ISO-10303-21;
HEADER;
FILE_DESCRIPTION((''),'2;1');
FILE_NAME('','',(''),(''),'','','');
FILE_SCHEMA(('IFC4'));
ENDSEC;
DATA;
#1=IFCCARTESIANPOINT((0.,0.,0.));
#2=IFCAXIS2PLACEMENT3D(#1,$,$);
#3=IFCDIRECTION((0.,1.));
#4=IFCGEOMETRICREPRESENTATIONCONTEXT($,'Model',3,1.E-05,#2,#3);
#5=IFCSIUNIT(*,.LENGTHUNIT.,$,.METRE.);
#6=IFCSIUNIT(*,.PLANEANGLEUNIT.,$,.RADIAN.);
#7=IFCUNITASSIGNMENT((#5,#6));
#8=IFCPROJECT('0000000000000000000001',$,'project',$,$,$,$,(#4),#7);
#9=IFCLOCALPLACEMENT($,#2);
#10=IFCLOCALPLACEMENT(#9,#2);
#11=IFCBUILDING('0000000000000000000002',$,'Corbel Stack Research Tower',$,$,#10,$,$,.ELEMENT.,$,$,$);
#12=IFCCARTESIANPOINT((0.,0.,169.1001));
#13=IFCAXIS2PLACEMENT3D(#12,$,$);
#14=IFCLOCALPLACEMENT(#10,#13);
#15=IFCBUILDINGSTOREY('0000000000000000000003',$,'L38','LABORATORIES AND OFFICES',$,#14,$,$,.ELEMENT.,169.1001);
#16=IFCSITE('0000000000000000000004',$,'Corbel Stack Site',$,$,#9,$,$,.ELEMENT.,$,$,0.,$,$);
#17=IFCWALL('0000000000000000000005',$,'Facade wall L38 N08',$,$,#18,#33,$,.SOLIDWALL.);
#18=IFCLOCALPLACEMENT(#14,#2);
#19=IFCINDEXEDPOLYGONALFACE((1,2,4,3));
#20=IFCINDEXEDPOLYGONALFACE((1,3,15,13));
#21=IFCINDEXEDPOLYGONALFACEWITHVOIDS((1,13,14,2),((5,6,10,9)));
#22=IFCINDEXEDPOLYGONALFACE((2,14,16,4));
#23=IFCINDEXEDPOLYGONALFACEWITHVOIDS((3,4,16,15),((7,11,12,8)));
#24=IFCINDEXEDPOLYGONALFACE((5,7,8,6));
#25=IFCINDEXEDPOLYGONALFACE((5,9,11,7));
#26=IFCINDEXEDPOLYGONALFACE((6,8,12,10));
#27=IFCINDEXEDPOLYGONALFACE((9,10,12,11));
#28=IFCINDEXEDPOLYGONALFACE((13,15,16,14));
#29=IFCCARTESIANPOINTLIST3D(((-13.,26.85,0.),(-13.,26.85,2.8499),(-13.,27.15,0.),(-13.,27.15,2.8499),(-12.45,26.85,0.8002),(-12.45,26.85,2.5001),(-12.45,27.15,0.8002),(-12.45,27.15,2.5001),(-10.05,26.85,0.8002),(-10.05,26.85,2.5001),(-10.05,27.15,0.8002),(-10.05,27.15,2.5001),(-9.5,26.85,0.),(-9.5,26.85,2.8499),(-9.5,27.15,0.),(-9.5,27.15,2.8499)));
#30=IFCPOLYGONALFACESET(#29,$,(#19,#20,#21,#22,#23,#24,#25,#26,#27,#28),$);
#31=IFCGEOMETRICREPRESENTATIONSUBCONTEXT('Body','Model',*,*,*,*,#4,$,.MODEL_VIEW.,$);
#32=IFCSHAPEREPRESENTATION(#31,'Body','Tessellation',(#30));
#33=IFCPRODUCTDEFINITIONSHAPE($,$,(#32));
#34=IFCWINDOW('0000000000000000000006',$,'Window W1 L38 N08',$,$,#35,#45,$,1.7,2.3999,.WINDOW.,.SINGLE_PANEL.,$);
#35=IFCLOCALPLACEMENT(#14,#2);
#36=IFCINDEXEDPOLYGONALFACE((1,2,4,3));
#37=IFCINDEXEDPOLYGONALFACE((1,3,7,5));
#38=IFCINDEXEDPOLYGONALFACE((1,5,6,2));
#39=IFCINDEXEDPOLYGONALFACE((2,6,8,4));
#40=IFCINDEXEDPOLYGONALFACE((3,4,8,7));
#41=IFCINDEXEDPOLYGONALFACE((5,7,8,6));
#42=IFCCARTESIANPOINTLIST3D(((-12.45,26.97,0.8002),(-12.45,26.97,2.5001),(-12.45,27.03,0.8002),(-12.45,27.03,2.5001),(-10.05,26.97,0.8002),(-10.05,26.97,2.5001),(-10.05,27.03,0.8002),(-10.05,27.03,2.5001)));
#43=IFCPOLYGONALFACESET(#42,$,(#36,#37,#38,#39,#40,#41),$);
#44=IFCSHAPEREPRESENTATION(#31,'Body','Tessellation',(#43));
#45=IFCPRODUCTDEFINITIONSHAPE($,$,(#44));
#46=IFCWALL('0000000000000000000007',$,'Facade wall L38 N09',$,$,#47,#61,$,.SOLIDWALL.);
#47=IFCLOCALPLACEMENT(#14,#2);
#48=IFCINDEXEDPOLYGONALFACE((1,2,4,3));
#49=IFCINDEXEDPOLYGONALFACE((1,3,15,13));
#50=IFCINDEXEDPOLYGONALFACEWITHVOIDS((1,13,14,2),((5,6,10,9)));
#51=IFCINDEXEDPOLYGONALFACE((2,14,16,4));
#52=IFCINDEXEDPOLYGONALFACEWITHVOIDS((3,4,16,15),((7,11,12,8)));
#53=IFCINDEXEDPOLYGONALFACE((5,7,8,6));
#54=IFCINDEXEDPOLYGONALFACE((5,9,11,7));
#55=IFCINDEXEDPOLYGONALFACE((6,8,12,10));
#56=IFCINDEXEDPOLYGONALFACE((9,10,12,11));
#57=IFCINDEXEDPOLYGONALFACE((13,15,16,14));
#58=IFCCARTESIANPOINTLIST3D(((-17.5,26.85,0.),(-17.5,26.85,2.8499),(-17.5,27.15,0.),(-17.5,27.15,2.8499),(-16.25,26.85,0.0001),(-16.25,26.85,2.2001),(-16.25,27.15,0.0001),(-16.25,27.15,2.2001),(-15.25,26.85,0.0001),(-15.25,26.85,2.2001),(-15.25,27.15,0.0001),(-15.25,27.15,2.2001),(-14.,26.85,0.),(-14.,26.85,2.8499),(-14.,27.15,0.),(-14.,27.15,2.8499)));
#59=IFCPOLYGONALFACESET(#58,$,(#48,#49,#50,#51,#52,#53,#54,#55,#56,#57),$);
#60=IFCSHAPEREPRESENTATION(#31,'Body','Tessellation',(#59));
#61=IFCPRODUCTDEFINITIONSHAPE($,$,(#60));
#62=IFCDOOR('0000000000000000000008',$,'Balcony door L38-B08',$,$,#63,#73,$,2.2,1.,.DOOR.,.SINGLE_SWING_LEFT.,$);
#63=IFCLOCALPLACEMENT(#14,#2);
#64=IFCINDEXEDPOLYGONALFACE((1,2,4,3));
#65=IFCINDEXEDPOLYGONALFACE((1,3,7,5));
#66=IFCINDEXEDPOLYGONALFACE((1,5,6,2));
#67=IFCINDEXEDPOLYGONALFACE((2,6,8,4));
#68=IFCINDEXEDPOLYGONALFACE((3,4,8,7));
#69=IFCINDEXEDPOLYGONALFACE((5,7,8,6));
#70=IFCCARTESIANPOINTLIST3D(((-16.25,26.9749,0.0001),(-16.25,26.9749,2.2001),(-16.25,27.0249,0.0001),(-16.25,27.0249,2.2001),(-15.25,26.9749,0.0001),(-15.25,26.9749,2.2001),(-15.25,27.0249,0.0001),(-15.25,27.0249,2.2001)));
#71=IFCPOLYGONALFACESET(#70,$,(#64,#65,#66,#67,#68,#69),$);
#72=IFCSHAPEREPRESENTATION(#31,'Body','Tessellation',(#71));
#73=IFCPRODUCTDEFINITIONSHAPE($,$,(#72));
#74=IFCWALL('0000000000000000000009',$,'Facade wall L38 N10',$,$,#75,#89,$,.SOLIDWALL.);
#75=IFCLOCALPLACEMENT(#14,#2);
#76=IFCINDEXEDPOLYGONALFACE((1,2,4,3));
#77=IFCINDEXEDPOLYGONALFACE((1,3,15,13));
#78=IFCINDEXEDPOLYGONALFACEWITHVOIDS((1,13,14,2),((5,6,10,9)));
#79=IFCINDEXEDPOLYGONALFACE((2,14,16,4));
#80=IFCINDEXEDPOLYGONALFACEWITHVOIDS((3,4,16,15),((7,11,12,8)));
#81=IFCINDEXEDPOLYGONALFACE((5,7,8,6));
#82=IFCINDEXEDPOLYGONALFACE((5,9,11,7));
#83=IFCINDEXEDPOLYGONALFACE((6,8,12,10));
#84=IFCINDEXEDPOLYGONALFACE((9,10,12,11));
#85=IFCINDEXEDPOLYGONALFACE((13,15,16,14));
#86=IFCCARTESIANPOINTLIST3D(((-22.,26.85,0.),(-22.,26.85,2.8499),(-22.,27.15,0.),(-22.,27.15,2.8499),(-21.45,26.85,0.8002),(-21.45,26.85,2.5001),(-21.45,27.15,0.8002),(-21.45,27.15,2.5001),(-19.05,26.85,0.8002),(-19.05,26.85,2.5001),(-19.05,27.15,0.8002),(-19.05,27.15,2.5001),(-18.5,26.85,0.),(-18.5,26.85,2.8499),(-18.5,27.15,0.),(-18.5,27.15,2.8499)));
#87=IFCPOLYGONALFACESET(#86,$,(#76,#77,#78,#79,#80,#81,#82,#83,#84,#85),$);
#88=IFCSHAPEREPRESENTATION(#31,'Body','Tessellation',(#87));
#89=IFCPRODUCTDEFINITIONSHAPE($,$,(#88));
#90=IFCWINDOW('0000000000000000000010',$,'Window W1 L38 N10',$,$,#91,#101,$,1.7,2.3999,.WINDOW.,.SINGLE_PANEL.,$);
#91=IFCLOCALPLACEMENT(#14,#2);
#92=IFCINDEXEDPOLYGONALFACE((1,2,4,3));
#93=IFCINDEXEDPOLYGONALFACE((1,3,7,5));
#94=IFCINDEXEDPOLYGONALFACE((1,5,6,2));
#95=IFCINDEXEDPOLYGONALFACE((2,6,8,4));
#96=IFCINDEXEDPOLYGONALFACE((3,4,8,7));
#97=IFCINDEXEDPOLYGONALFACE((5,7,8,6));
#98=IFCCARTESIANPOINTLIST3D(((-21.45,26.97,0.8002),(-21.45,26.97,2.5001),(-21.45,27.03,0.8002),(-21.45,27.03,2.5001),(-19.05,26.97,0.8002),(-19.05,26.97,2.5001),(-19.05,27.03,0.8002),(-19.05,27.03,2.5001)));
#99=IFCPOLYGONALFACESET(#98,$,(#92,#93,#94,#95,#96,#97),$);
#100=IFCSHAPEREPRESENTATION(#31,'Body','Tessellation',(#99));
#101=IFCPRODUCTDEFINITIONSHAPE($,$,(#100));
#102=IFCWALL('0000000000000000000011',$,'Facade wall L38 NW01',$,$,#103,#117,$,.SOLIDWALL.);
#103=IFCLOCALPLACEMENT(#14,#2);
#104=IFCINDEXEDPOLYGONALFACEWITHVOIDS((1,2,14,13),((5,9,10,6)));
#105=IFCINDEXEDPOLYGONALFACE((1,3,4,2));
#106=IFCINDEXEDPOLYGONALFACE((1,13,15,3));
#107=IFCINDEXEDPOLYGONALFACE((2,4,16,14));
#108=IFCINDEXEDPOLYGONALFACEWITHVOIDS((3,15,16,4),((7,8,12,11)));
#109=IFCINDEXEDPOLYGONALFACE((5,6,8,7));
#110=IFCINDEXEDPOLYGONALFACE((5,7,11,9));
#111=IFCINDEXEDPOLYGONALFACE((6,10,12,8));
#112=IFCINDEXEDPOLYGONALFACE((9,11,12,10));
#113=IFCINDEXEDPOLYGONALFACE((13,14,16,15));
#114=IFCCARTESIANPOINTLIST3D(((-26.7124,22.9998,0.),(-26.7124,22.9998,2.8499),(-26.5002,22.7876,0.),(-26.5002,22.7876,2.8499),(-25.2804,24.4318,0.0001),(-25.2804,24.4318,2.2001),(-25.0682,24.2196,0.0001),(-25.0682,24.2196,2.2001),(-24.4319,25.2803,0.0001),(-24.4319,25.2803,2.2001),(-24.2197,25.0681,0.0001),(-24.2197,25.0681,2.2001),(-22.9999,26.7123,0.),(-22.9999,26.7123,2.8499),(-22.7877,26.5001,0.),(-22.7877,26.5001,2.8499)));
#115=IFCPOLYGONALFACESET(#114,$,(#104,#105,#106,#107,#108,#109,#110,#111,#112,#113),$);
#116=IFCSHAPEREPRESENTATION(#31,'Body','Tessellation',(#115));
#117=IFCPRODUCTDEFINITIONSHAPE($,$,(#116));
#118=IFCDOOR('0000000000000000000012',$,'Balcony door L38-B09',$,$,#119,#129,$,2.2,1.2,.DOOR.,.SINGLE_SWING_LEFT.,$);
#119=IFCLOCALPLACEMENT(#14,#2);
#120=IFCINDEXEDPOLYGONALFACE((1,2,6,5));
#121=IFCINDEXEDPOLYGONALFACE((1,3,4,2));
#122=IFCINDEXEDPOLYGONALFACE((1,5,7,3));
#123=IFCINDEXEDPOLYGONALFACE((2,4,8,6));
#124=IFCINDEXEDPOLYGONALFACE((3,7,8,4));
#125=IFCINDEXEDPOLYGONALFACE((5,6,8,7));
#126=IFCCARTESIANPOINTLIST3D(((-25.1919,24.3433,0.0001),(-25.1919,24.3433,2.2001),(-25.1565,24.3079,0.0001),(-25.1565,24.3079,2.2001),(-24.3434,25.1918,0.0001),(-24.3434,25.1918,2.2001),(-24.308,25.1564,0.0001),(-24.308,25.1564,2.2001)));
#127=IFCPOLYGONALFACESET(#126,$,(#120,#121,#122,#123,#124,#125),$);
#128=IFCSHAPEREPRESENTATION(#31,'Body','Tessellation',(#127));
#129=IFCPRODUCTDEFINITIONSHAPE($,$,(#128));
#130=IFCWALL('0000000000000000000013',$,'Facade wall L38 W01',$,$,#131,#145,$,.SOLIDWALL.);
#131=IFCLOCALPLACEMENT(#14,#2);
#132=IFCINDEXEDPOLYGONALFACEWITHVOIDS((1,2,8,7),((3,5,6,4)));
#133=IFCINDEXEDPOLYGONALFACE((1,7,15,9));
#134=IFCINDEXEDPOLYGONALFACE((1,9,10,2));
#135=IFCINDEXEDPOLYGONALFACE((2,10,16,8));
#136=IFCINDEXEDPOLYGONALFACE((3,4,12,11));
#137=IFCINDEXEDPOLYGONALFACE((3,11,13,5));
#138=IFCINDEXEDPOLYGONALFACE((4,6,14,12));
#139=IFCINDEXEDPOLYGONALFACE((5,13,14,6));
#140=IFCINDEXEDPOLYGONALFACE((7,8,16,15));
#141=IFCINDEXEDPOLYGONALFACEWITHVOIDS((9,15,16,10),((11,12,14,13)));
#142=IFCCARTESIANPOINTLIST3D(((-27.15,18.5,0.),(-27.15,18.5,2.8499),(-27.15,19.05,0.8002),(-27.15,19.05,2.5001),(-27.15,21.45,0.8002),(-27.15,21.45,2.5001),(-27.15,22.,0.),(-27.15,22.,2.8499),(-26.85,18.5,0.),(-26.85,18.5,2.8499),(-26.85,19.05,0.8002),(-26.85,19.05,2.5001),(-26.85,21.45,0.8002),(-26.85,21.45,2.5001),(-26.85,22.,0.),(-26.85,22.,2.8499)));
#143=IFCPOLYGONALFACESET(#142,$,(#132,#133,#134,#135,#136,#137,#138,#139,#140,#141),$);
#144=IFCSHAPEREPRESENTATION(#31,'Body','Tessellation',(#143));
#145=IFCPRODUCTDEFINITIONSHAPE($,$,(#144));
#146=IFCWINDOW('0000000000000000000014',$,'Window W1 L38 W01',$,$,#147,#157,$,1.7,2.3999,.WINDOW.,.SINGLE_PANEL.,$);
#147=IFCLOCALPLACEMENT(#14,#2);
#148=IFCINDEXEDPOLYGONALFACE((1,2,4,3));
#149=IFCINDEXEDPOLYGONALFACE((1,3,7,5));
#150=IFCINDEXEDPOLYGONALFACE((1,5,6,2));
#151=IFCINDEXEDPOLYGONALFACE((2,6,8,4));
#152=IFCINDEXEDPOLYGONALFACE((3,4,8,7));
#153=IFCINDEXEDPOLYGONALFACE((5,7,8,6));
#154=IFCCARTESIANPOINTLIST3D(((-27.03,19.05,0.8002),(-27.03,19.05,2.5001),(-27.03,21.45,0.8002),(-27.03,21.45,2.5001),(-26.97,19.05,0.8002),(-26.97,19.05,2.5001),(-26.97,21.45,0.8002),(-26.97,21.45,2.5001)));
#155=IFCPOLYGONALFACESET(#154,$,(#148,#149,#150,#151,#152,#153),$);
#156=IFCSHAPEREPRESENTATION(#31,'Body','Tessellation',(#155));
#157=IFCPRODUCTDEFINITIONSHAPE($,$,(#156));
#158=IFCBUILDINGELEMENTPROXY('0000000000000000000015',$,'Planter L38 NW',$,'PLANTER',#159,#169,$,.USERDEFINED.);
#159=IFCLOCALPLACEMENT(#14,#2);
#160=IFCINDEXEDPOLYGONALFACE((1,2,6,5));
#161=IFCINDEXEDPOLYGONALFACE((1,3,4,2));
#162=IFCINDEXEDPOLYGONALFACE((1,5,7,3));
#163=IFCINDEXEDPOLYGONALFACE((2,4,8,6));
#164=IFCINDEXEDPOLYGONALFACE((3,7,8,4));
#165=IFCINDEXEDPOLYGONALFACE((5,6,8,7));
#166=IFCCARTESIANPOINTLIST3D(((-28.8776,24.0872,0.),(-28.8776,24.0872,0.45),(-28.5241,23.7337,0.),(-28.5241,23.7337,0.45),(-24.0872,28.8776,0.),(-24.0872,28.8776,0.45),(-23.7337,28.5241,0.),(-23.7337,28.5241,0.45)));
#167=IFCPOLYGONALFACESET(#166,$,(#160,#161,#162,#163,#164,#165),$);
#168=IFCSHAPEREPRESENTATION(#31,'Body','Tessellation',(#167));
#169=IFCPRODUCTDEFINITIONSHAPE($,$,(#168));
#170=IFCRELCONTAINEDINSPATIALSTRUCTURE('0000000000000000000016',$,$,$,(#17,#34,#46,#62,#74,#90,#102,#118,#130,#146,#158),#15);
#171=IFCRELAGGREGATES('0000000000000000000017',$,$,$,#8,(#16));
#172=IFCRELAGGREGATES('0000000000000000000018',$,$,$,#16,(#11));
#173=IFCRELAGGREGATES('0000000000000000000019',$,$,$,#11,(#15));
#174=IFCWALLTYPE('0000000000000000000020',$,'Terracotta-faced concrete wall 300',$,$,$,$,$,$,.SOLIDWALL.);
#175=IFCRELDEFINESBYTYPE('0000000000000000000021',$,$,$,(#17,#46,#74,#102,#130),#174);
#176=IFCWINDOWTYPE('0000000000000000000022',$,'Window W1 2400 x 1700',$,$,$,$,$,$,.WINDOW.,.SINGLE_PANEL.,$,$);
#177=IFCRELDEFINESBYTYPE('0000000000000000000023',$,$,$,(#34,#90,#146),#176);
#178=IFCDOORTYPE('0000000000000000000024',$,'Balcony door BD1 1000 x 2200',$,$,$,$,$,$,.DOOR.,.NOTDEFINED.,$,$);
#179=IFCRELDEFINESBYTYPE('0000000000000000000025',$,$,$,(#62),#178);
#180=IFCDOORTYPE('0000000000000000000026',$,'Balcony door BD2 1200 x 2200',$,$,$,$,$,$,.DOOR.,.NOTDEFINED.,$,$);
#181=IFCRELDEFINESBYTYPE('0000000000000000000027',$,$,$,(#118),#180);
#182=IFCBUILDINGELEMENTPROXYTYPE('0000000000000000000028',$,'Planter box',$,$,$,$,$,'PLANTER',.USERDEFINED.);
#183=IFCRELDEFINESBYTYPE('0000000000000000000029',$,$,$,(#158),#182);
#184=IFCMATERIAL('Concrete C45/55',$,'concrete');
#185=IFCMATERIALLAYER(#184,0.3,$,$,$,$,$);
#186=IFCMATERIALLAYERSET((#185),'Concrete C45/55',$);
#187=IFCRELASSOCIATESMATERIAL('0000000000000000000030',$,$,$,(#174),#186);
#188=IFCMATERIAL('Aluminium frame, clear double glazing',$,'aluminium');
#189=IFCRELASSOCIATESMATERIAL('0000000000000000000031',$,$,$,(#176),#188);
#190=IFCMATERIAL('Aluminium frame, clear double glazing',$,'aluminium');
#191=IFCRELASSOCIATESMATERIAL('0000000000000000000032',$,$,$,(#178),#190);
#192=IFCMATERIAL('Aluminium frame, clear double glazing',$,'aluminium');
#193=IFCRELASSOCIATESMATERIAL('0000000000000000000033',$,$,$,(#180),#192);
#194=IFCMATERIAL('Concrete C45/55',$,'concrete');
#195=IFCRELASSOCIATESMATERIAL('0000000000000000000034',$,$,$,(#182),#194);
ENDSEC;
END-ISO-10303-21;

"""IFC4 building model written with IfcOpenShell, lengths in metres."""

from ifc_helpers import new_model, si_unit, direction, frame, frame_2d, origin, origin_2d, place, context, subcontext, project, spatial, rectangle, extrude, material, layer, layer_set, type_object, element, fill, save


model = new_model("IFC4")

# Units and contexts
model_context = context("Model", 3, precision=1e-05, world=origin(), true_north=direction((0.0, 1.0)))
body_context = subcontext(model_context, "Body", "Model", "MODEL_VIEW")
ifc_project = project(units=[si_unit("LENGTHUNIT", "METRE"), si_unit("PLANEANGLEUNIT", "RADIAN")], contexts=[model_context])

# Site, building, storey
site_placement = place(None, origin())
site = spatial("IfcSite", under=ifc_project, at=site_placement, Name="Corbel Stack Site", CompositionType="ELEMENT", RefElevation=0.0)
building_placement = place(site_placement, origin())
building = spatial("IfcBuilding", under=site, at=building_placement, Name="Corbel Stack Research Tower", CompositionType="ELEMENT")
storey_placement = place(building_placement, frame((0.0, 0.0, 169.1001)))
storey = spatial("IfcBuildingStorey", under=building, at=storey_placement, Name="L38", Description="LABORATORIES AND OFFICES", CompositionType="ELEMENT", Elevation=169.1001)

# Wall, opening, window
ifc_material_1 = material(Name="Concrete C45/55", Category="concrete")
ifc_layer_1 = layer(ifc_material_1, 0.3)
ifc_layer_set_1 = layer_set([ifc_layer_1], Name="Concrete C45/55")
wall_type_1 = type_object("IfcWallType", Name="Terracotta-faced concrete wall 300", PredefinedType="SOLIDWALL", material=ifc_layer_set_1)
wall_1_placement = place(storey_placement, frame((-13.0, 27.0, 0.0), z_axis=(0.0, 0.0, 1.0), x_axis=(1.0, 0.0, 0.0)))
wall_1 = element("IfcWall", 1, at=wall_1_placement, inside=storey, type_object=wall_type_1, Name="Facade wall L38 N08", PredefinedType="SOLIDWALL", context=body_context, shape_type="SweptSolid", body=[
    extrude(rectangle(XDim=3.5, YDim=0.3, at=frame_2d((1.75, 0.0))), origin(), (0.0, 0.0, 1.0), 2.8499),
])
opening_1_placement = place(wall_1_placement, frame((0.55, 0.0, 0.8)))
opening_1 = element("IfcOpeningElement", 2, at=opening_1_placement, cuts=wall_1, PredefinedType="OPENING", context=body_context, shape_type="SweptSolid", body=[
    extrude(rectangle(XDim=2.3999, YDim=1.7, at=frame_2d((1.2, 0.8501))), frame((0.0, 0.1599, 0.0), z_axis=(0.0, -1.0, 0.0), x_axis=(1.0, 0.0, 0.0)), (0.0, 0.0, 1.0), 0.3201),
])
ifc_material_2 = material(Name="Aluminium frame, clear double glazing", Category="aluminium")
window_type = type_object("IfcWindowType", Name="Window W1 2400 x 1700", PartitioningType="SINGLE_PANEL", PredefinedType="WINDOW", material=ifc_material_2)
window_1_placement = place(opening_1_placement, origin())
window_1 = element("IfcWindow", 3, at=window_1_placement, inside=storey, type_object=window_type, Name="Window W1 L38 N08", OverallHeight=1.7, OverallWidth=2.3999, PartitioningType="SINGLE_PANEL", PredefinedType="WINDOW", context=body_context, shape_type="SweptSolid", body=[
    extrude(rectangle(XDim=2.3999, YDim=1.7, at=frame_2d((1.2, 0.8501))), frame((0.0, 0.03, 0.0), z_axis=(0.0, -1.0, 0.0), x_axis=(1.0, 0.0, 0.0)), (0.0, 0.0, 1.0), 0.0601),
])
fill(opening_1, window_1)

# Wall, opening, door
wall_2_placement = place(storey_placement, frame((-17.5, 27.0, 0.0), z_axis=(0.0, 0.0, 1.0), x_axis=(1.0, 0.0, 0.0)))
wall_2 = element("IfcWall", 4, at=wall_2_placement, inside=storey, type_object=wall_type_1, Name="Facade wall L38 N09", PredefinedType="SOLIDWALL", context=body_context, shape_type="SweptSolid", body=[
    extrude(rectangle(XDim=3.5, YDim=0.3, at=frame_2d((1.75, 0.0))), origin(), (0.0, 0.0, 1.0), 2.8499),
])
opening_2_placement = place(wall_2_placement, frame((1.25, 0.0, 0.0)))
opening_2 = element("IfcOpeningElement", 5, at=opening_2_placement, cuts=wall_2, PredefinedType="OPENING", context=body_context, shape_type="SweptSolid", body=[
    extrude(rectangle(XDim=1.0, YDim=2.2, at=frame_2d((0.5, 1.1001))), frame((0.0, 0.1599, 0.0), z_axis=(0.0, -1.0, 0.0), x_axis=(1.0, 0.0, 0.0)), (0.0, 0.0, 1.0), 0.3201),
])
ifc_material_3 = material(Name="Aluminium frame, clear double glazing", Category="aluminium")
door_type_1 = type_object("IfcDoorType", Name="Balcony door BD1 1000 x 2200", OperationType="NOTDEFINED", PredefinedType="DOOR", material=ifc_material_3)
door_1_placement = place(opening_2_placement, origin())
door_1 = element("IfcDoor", 6, at=door_1_placement, inside=storey, type_object=door_type_1, Name="Balcony door L38-B08", OperationType="SINGLE_SWING_LEFT", OverallHeight=2.2, OverallWidth=1.0, PredefinedType="DOOR", context=body_context, shape_type="SweptSolid", body=[
    extrude(rectangle(XDim=1.0, YDim=2.2, at=frame_2d((0.5, 1.1001))), frame((0.0, 0.0249, 0.0), z_axis=(0.0, -1.0, 0.0), x_axis=(1.0, 0.0, 0.0)), (0.0, 0.0, 1.0), 0.05),
])
fill(opening_2, door_1)

# Wall, opening, window
wall_3_placement = place(storey_placement, frame((-22.0, 27.0, 0.0), z_axis=(0.0, 0.0, 1.0), x_axis=(1.0, 0.0, 0.0)))
wall_3 = element("IfcWall", 7, at=wall_3_placement, inside=storey, type_object=wall_type_1, Name="Facade wall L38 N10", PredefinedType="SOLIDWALL", context=body_context, shape_type="SweptSolid", body=[
    extrude(rectangle(XDim=3.5, YDim=0.3, at=frame_2d((1.75, 0.0))), origin(), (0.0, 0.0, 1.0), 2.8499),
])
opening_3_placement = place(wall_3_placement, frame((0.55, 0.0, 0.8)))
opening_3 = element("IfcOpeningElement", 8, at=opening_3_placement, cuts=wall_3, PredefinedType="OPENING", context=body_context, shape_type="SweptSolid", body=[
    extrude(rectangle(XDim=2.3999, YDim=1.7, at=frame_2d((1.2, 0.8501))), frame((0.0, 0.1599, 0.0), z_axis=(0.0, -1.0, 0.0), x_axis=(1.0, 0.0, 0.0)), (0.0, 0.0, 1.0), 0.3201),
])
window_2_placement = place(opening_3_placement, origin())
window_2 = element("IfcWindow", 9, at=window_2_placement, inside=storey, type_object=window_type, Name="Window W1 L38 N10", OverallHeight=1.7, OverallWidth=2.3999, PartitioningType="SINGLE_PANEL", PredefinedType="WINDOW", context=body_context, shape_type="SweptSolid", body=[
    extrude(rectangle(XDim=2.3999, YDim=1.7, at=frame_2d((1.2, 0.8501))), frame((0.0, 0.03, 0.0), z_axis=(0.0, -1.0, 0.0), x_axis=(1.0, 0.0, 0.0)), (0.0, 0.0, 1.0), 0.0601),
])
fill(opening_3, window_2)

# Wall, opening, door
wall_4_placement = place(storey_placement, frame((-26.6062, 22.8938, 0.0), z_axis=(0.0, 0.0, 1.0), x_axis=(0.707107, 0.707107, 0.0)))
wall_4 = element("IfcWall", 10, at=wall_4_placement, inside=storey, type_object=wall_type_1, Name="Facade wall L38 NW01", PredefinedType="SOLIDWALL", context=body_context, shape_type="SweptSolid", body=[
    extrude(rectangle(XDim=5.2502, YDim=0.3, at=frame_2d((2.625, 0.0))), origin(), (0.0, 0.0, 1.0), 2.8499),
])
opening_4_placement = place(wall_4_placement, frame((2.0249, 0.0, 0.0)))
opening_4 = element("IfcOpeningElement", 11, at=opening_4_placement, cuts=wall_4, PredefinedType="OPENING", context=body_context, shape_type="SweptSolid", body=[
    extrude(rectangle(XDim=1.2, YDim=2.2, at=frame_2d((0.6001, 1.1001))), frame((0.0, 0.1599, 0.0), z_axis=(0.0, -1.0, 0.0), x_axis=(1.0, 0.0, 0.0)), (0.0, 0.0, 1.0), 0.3201),
])
ifc_material_4 = material(Name="Aluminium frame, clear double glazing", Category="aluminium")
door_type_2 = type_object("IfcDoorType", Name="Balcony door BD2 1200 x 2200", OperationType="NOTDEFINED", PredefinedType="DOOR", material=ifc_material_4)
door_2_placement = place(opening_4_placement, origin())
door_2 = element("IfcDoor", 12, at=door_2_placement, inside=storey, type_object=door_type_2, Name="Balcony door L38-B09", OperationType="SINGLE_SWING_LEFT", OverallHeight=2.2, OverallWidth=1.2, PredefinedType="DOOR", context=body_context, shape_type="SweptSolid", body=[
    extrude(rectangle(XDim=1.2, YDim=2.2, at=frame_2d((0.6001, 1.1001))), frame((0.0, 0.0249, 0.0), z_axis=(0.0, -1.0, 0.0), x_axis=(1.0, 0.0, 0.0)), (0.0, 0.0, 1.0), 0.05),
])
fill(opening_4, door_2)

# Wall, opening, window
wall_5_placement = place(storey_placement, frame((-27.0, 18.5, 0.0), z_axis=(0.0, 0.0, 1.0), x_axis=(0.0, 1.0, 0.0)))
wall_5 = element("IfcWall", 13, at=wall_5_placement, inside=storey, type_object=wall_type_1, Name="Facade wall L38 W01", PredefinedType="SOLIDWALL", context=body_context, shape_type="SweptSolid", body=[
    extrude(rectangle(XDim=3.5, YDim=0.3, at=frame_2d((1.75, 0.0))), origin(), (0.0, 0.0, 1.0), 2.8499),
])
opening_5_placement = place(wall_5_placement, frame((0.55, 0.0, 0.8)))
opening_5 = element("IfcOpeningElement", 14, at=opening_5_placement, cuts=wall_5, PredefinedType="OPENING", context=body_context, shape_type="SweptSolid", body=[
    extrude(rectangle(XDim=2.3999, YDim=1.7, at=frame_2d((1.2, 0.8501))), frame((0.0, 0.1599, 0.0), z_axis=(0.0, -1.0, 0.0), x_axis=(1.0, 0.0, 0.0)), (0.0, 0.0, 1.0), 0.3201),
])
window_3_placement = place(opening_5_placement, origin())
window_3 = element("IfcWindow", 15, at=window_3_placement, inside=storey, type_object=window_type, Name="Window W1 L38 W01", OverallHeight=1.7, OverallWidth=2.3999, PartitioningType="SINGLE_PANEL", PredefinedType="WINDOW", context=body_context, shape_type="SweptSolid", body=[
    extrude(rectangle(XDim=2.3999, YDim=1.7, at=frame_2d((1.2, 0.8501))), frame((0.0, 0.03, 0.0), z_axis=(0.0, -1.0, 0.0), x_axis=(1.0, 0.0, 0.0)), (0.0, 0.0, 1.0), 0.0601),
])
fill(opening_5, window_3)

# Building element proxy
ifc_material_5 = material(Name="Concrete C45/55", Category="concrete")
building_element_proxy_type = type_object("IfcBuildingElementProxyType", Name="Planter box", ElementType="PLANTER", PredefinedType="USERDEFINED", material=ifc_material_5)
proxy_placement = place(storey_placement, frame((-26.3057, 26.3057, 0.0), z_axis=(0.0, 0.0, 1.0), x_axis=(-0.707107, -0.707107, 0.0)))
element("IfcBuildingElementProxy", 16, at=proxy_placement, inside=storey, type_object=building_element_proxy_type, Name="Planter L38 NW", ObjectType="PLANTER", PredefinedType="USERDEFINED", context=body_context, shape_type="SweptSolid", body=[
    extrude(rectangle(XDim=6.7747, YDim=0.5, at=origin_2d()), origin(), (0.0, 0.0, 1.0), 0.45),
])

save(model, "model.ifc")
